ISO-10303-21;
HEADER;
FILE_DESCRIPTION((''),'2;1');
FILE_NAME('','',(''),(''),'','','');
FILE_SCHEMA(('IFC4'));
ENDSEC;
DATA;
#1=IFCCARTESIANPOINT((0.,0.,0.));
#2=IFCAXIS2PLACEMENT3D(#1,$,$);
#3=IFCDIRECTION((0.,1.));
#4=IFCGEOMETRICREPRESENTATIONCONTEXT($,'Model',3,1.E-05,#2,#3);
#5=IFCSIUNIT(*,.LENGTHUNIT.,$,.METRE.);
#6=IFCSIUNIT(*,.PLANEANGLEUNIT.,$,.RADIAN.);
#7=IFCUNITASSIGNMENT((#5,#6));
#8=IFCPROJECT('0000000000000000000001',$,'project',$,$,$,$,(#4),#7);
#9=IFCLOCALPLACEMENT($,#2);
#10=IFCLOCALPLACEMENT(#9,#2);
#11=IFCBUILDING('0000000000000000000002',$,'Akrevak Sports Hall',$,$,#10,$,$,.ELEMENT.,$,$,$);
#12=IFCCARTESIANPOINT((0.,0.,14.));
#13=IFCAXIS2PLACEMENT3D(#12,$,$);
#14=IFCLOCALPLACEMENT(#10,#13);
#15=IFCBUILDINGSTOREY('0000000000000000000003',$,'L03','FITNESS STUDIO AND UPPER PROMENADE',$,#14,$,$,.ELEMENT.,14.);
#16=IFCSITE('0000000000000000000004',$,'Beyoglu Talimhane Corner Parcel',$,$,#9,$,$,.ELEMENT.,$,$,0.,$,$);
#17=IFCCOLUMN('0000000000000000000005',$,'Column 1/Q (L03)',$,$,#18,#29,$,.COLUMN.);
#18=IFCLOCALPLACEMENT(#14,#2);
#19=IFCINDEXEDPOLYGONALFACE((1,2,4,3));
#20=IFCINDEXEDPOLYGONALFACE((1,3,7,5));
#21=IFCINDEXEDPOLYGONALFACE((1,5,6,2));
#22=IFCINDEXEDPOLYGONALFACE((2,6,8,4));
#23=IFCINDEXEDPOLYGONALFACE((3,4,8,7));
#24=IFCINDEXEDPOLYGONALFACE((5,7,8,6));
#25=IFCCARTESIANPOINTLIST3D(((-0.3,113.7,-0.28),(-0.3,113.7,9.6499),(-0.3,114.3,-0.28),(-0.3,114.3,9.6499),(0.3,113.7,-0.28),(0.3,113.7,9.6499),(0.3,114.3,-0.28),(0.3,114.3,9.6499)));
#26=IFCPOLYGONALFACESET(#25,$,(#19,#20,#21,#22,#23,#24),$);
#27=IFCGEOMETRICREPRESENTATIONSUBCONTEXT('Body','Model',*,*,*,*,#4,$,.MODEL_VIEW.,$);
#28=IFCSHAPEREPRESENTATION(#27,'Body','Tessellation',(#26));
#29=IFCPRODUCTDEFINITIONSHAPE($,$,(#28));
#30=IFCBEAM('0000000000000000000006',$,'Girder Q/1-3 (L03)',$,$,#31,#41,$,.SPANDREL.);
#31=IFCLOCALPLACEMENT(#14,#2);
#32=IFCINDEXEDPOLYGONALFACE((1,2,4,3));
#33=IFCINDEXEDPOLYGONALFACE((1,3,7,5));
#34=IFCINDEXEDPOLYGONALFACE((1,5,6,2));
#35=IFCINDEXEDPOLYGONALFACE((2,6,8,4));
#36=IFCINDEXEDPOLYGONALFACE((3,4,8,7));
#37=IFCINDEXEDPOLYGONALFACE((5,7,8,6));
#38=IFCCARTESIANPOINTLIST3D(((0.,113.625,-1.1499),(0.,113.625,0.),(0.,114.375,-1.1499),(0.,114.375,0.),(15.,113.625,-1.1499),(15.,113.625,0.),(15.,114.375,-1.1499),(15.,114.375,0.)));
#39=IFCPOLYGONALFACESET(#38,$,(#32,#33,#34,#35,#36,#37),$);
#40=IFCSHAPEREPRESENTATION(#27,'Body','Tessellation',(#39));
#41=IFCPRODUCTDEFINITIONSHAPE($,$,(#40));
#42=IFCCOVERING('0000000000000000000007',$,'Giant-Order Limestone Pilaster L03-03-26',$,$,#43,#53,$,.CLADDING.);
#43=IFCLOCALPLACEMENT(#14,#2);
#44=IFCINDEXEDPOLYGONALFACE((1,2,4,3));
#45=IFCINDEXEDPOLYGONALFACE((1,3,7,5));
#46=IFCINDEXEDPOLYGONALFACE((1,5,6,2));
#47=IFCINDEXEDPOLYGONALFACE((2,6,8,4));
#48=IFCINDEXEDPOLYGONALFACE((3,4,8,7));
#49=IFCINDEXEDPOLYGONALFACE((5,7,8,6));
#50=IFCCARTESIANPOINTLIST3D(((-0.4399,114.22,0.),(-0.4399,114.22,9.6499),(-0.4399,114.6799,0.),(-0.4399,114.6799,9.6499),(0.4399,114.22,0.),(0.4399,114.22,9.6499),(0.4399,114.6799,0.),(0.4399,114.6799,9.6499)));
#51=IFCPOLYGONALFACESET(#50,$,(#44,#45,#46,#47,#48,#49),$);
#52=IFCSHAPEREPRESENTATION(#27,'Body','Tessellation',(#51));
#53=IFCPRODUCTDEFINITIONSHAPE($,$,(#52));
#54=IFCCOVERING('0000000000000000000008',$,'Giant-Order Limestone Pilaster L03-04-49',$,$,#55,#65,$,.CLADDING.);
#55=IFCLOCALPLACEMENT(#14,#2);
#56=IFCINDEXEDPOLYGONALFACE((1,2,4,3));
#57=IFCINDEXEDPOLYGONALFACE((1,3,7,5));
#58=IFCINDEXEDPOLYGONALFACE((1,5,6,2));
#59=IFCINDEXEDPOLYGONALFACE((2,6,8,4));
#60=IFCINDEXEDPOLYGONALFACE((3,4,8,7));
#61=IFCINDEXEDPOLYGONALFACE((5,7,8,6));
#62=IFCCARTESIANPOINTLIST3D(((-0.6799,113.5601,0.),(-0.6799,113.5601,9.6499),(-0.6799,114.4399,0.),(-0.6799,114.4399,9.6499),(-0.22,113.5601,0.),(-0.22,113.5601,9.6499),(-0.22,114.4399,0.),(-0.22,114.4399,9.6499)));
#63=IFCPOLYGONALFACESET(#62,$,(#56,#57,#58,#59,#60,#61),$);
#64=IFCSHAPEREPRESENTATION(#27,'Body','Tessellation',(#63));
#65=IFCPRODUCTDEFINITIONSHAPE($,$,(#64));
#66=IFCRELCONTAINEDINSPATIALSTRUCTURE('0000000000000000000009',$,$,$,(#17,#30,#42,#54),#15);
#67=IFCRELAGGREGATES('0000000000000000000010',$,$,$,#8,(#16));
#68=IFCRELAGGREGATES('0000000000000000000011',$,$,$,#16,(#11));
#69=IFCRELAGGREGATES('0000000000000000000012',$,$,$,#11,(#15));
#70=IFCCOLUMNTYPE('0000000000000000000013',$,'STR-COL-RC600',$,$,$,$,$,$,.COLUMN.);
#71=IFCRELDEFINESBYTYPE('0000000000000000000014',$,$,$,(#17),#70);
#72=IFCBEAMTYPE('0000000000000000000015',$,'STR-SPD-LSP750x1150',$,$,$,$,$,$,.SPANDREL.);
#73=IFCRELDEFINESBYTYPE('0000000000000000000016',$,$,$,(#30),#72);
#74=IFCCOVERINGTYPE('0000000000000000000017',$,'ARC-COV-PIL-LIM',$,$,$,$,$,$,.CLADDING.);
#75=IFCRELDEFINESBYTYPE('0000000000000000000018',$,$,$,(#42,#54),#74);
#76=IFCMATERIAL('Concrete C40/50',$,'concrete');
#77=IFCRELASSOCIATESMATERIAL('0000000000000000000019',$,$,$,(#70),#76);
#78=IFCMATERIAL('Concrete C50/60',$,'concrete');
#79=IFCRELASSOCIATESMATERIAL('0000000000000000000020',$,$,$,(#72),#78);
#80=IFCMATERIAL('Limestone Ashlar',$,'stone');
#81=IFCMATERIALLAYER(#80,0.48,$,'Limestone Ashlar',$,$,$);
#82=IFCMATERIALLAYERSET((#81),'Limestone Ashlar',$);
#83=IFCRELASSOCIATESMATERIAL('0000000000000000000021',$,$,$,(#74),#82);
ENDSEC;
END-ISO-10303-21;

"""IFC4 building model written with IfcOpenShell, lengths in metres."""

from ifc_helpers import new_model, si_unit, direction, frame, origin, origin_2d, place, context, subcontext, project, spatial, rectangle, extrude, material, layer, layer_set, material_profile, profile_set, type_object, element, save


model = new_model("IFC4")

# Units and contexts
model_context = context("Model", 3, precision=1e-05, world=origin(), true_north=direction((0.0, 1.0)))
body_context = subcontext(model_context, "Body", "Model", "MODEL_VIEW")
ifc_project = project(units=[si_unit("LENGTHUNIT", "METRE"), si_unit("PLANEANGLEUNIT", "RADIAN")], contexts=[model_context])

# Site, building, storey
site_placement = place(None, origin())
site = spatial("IfcSite", under=ifc_project, at=site_placement, Name="Beyoglu Talimhane Corner Parcel", CompositionType="ELEMENT", RefElevation=0.0)
building_placement = place(site_placement, origin())
building = spatial("IfcBuilding", under=site, at=building_placement, Name="Akrevak Sports Hall", CompositionType="ELEMENT")
storey_placement = place(building_placement, frame((0.0, 0.0, 14.0)))
storey = spatial("IfcBuildingStorey", under=building, at=storey_placement, Name="L03", Description="FITNESS STUDIO AND UPPER PROMENADE", CompositionType="ELEMENT", Elevation=14.0)

# Column
ifc_material_1 = material(Name="Concrete C40/50", Category="concrete")
ifc_material_profile_1 = material_profile(ifc_material_1, rectangle(XDim=0.6001, YDim=0.6001, at=origin_2d()), Name="RC 600x600", Category="concrete")
ifc_profile_set_1 = profile_set([ifc_material_profile_1], Name="Concrete C40/50")
column_type = type_object("IfcColumnType", Name="STR-COL-RC600", PredefinedType="COLUMN", material=ifc_profile_set_1)
column_placement = place(storey_placement, frame((0.0, 114.0, -0.28), z_axis=(0.0, 0.0, 1.0), x_axis=(1.0, 0.0, 0.0)))
element("IfcColumn", 1, at=column_placement, inside=storey, type_object=column_type, Name="Column 1/Q (L03)", PredefinedType="COLUMN", context=body_context, shape_type="SweptSolid", body=[
    extrude(rectangle(XDim=0.6001, YDim=0.6001, at=origin_2d()), origin(), (0.0, 0.0, 1.0), 9.9299),
])

# Beam
ifc_material_2 = material(Name="Concrete C50/60", Category="concrete")
ifc_material_profile_2 = material_profile(ifc_material_2, rectangle(XDim=0.75, YDim=1.1499, at=origin_2d()), Name="SPD 750x1150", Category="concrete")
ifc_profile_set_2 = profile_set([ifc_material_profile_2], Name="Concrete C50/60")
beam_type = type_object("IfcBeamType", Name="STR-SPD-LSP750x1150", PredefinedType="SPANDREL", material=ifc_profile_set_2)
beam_placement = place(storey_placement, frame((0.0, 114.0, -0.575), z_axis=(1.0, 0.0, 0.0), x_axis=(0.0, 1.0, 0.0)))
element("IfcBeam", 2, at=beam_placement, inside=storey, type_object=beam_type, Name="Girder Q/1-3 (L03)", PredefinedType="SPANDREL", context=body_context, shape_type="SweptSolid", body=[
    extrude(rectangle(XDim=0.75, YDim=1.1499, at=origin_2d()), origin(), (0.0, 0.0, 1.0), 15.0),
])

# Coverings
ifc_material_3 = material(Name="Limestone Ashlar", Category="stone")
ifc_layer = layer(ifc_material_3, 0.48, Name="Limestone Ashlar")
ifc_layer_set = layer_set([ifc_layer], Name="Limestone Ashlar")
covering_type = type_object("IfcCoveringType", Name="ARC-COV-PIL-LIM", PredefinedType="CLADDING", material=ifc_layer_set)
for number, where, z_axis, x_axis, name in (
    (3, (0.0, 114.45, 0.0), (0.0, 0.0, 1.0), (-1.0, 0.0, 0.0), "Giant-Order Limestone Pilaster L03-03-26"),
    (4, (-0.45, 114.0, 0.0), (0.0, 0.0, 1.0), (0.0, -1.0, 0.0), "Giant-Order Limestone Pilaster L03-04-49"),
):
    element("IfcCovering", number, at=place(storey_placement, frame(where, z_axis=z_axis, x_axis=x_axis)), inside=storey, type_object=covering_type, Name=name, PredefinedType="CLADDING", context=body_context, shape_type="SweptSolid", body=[
        extrude(rectangle(XDim=0.8799, YDim=0.46, at=origin_2d()), origin(), (0.0, 0.0, 1.0), 9.6499),
    ])

save(model, "model.ifc")
